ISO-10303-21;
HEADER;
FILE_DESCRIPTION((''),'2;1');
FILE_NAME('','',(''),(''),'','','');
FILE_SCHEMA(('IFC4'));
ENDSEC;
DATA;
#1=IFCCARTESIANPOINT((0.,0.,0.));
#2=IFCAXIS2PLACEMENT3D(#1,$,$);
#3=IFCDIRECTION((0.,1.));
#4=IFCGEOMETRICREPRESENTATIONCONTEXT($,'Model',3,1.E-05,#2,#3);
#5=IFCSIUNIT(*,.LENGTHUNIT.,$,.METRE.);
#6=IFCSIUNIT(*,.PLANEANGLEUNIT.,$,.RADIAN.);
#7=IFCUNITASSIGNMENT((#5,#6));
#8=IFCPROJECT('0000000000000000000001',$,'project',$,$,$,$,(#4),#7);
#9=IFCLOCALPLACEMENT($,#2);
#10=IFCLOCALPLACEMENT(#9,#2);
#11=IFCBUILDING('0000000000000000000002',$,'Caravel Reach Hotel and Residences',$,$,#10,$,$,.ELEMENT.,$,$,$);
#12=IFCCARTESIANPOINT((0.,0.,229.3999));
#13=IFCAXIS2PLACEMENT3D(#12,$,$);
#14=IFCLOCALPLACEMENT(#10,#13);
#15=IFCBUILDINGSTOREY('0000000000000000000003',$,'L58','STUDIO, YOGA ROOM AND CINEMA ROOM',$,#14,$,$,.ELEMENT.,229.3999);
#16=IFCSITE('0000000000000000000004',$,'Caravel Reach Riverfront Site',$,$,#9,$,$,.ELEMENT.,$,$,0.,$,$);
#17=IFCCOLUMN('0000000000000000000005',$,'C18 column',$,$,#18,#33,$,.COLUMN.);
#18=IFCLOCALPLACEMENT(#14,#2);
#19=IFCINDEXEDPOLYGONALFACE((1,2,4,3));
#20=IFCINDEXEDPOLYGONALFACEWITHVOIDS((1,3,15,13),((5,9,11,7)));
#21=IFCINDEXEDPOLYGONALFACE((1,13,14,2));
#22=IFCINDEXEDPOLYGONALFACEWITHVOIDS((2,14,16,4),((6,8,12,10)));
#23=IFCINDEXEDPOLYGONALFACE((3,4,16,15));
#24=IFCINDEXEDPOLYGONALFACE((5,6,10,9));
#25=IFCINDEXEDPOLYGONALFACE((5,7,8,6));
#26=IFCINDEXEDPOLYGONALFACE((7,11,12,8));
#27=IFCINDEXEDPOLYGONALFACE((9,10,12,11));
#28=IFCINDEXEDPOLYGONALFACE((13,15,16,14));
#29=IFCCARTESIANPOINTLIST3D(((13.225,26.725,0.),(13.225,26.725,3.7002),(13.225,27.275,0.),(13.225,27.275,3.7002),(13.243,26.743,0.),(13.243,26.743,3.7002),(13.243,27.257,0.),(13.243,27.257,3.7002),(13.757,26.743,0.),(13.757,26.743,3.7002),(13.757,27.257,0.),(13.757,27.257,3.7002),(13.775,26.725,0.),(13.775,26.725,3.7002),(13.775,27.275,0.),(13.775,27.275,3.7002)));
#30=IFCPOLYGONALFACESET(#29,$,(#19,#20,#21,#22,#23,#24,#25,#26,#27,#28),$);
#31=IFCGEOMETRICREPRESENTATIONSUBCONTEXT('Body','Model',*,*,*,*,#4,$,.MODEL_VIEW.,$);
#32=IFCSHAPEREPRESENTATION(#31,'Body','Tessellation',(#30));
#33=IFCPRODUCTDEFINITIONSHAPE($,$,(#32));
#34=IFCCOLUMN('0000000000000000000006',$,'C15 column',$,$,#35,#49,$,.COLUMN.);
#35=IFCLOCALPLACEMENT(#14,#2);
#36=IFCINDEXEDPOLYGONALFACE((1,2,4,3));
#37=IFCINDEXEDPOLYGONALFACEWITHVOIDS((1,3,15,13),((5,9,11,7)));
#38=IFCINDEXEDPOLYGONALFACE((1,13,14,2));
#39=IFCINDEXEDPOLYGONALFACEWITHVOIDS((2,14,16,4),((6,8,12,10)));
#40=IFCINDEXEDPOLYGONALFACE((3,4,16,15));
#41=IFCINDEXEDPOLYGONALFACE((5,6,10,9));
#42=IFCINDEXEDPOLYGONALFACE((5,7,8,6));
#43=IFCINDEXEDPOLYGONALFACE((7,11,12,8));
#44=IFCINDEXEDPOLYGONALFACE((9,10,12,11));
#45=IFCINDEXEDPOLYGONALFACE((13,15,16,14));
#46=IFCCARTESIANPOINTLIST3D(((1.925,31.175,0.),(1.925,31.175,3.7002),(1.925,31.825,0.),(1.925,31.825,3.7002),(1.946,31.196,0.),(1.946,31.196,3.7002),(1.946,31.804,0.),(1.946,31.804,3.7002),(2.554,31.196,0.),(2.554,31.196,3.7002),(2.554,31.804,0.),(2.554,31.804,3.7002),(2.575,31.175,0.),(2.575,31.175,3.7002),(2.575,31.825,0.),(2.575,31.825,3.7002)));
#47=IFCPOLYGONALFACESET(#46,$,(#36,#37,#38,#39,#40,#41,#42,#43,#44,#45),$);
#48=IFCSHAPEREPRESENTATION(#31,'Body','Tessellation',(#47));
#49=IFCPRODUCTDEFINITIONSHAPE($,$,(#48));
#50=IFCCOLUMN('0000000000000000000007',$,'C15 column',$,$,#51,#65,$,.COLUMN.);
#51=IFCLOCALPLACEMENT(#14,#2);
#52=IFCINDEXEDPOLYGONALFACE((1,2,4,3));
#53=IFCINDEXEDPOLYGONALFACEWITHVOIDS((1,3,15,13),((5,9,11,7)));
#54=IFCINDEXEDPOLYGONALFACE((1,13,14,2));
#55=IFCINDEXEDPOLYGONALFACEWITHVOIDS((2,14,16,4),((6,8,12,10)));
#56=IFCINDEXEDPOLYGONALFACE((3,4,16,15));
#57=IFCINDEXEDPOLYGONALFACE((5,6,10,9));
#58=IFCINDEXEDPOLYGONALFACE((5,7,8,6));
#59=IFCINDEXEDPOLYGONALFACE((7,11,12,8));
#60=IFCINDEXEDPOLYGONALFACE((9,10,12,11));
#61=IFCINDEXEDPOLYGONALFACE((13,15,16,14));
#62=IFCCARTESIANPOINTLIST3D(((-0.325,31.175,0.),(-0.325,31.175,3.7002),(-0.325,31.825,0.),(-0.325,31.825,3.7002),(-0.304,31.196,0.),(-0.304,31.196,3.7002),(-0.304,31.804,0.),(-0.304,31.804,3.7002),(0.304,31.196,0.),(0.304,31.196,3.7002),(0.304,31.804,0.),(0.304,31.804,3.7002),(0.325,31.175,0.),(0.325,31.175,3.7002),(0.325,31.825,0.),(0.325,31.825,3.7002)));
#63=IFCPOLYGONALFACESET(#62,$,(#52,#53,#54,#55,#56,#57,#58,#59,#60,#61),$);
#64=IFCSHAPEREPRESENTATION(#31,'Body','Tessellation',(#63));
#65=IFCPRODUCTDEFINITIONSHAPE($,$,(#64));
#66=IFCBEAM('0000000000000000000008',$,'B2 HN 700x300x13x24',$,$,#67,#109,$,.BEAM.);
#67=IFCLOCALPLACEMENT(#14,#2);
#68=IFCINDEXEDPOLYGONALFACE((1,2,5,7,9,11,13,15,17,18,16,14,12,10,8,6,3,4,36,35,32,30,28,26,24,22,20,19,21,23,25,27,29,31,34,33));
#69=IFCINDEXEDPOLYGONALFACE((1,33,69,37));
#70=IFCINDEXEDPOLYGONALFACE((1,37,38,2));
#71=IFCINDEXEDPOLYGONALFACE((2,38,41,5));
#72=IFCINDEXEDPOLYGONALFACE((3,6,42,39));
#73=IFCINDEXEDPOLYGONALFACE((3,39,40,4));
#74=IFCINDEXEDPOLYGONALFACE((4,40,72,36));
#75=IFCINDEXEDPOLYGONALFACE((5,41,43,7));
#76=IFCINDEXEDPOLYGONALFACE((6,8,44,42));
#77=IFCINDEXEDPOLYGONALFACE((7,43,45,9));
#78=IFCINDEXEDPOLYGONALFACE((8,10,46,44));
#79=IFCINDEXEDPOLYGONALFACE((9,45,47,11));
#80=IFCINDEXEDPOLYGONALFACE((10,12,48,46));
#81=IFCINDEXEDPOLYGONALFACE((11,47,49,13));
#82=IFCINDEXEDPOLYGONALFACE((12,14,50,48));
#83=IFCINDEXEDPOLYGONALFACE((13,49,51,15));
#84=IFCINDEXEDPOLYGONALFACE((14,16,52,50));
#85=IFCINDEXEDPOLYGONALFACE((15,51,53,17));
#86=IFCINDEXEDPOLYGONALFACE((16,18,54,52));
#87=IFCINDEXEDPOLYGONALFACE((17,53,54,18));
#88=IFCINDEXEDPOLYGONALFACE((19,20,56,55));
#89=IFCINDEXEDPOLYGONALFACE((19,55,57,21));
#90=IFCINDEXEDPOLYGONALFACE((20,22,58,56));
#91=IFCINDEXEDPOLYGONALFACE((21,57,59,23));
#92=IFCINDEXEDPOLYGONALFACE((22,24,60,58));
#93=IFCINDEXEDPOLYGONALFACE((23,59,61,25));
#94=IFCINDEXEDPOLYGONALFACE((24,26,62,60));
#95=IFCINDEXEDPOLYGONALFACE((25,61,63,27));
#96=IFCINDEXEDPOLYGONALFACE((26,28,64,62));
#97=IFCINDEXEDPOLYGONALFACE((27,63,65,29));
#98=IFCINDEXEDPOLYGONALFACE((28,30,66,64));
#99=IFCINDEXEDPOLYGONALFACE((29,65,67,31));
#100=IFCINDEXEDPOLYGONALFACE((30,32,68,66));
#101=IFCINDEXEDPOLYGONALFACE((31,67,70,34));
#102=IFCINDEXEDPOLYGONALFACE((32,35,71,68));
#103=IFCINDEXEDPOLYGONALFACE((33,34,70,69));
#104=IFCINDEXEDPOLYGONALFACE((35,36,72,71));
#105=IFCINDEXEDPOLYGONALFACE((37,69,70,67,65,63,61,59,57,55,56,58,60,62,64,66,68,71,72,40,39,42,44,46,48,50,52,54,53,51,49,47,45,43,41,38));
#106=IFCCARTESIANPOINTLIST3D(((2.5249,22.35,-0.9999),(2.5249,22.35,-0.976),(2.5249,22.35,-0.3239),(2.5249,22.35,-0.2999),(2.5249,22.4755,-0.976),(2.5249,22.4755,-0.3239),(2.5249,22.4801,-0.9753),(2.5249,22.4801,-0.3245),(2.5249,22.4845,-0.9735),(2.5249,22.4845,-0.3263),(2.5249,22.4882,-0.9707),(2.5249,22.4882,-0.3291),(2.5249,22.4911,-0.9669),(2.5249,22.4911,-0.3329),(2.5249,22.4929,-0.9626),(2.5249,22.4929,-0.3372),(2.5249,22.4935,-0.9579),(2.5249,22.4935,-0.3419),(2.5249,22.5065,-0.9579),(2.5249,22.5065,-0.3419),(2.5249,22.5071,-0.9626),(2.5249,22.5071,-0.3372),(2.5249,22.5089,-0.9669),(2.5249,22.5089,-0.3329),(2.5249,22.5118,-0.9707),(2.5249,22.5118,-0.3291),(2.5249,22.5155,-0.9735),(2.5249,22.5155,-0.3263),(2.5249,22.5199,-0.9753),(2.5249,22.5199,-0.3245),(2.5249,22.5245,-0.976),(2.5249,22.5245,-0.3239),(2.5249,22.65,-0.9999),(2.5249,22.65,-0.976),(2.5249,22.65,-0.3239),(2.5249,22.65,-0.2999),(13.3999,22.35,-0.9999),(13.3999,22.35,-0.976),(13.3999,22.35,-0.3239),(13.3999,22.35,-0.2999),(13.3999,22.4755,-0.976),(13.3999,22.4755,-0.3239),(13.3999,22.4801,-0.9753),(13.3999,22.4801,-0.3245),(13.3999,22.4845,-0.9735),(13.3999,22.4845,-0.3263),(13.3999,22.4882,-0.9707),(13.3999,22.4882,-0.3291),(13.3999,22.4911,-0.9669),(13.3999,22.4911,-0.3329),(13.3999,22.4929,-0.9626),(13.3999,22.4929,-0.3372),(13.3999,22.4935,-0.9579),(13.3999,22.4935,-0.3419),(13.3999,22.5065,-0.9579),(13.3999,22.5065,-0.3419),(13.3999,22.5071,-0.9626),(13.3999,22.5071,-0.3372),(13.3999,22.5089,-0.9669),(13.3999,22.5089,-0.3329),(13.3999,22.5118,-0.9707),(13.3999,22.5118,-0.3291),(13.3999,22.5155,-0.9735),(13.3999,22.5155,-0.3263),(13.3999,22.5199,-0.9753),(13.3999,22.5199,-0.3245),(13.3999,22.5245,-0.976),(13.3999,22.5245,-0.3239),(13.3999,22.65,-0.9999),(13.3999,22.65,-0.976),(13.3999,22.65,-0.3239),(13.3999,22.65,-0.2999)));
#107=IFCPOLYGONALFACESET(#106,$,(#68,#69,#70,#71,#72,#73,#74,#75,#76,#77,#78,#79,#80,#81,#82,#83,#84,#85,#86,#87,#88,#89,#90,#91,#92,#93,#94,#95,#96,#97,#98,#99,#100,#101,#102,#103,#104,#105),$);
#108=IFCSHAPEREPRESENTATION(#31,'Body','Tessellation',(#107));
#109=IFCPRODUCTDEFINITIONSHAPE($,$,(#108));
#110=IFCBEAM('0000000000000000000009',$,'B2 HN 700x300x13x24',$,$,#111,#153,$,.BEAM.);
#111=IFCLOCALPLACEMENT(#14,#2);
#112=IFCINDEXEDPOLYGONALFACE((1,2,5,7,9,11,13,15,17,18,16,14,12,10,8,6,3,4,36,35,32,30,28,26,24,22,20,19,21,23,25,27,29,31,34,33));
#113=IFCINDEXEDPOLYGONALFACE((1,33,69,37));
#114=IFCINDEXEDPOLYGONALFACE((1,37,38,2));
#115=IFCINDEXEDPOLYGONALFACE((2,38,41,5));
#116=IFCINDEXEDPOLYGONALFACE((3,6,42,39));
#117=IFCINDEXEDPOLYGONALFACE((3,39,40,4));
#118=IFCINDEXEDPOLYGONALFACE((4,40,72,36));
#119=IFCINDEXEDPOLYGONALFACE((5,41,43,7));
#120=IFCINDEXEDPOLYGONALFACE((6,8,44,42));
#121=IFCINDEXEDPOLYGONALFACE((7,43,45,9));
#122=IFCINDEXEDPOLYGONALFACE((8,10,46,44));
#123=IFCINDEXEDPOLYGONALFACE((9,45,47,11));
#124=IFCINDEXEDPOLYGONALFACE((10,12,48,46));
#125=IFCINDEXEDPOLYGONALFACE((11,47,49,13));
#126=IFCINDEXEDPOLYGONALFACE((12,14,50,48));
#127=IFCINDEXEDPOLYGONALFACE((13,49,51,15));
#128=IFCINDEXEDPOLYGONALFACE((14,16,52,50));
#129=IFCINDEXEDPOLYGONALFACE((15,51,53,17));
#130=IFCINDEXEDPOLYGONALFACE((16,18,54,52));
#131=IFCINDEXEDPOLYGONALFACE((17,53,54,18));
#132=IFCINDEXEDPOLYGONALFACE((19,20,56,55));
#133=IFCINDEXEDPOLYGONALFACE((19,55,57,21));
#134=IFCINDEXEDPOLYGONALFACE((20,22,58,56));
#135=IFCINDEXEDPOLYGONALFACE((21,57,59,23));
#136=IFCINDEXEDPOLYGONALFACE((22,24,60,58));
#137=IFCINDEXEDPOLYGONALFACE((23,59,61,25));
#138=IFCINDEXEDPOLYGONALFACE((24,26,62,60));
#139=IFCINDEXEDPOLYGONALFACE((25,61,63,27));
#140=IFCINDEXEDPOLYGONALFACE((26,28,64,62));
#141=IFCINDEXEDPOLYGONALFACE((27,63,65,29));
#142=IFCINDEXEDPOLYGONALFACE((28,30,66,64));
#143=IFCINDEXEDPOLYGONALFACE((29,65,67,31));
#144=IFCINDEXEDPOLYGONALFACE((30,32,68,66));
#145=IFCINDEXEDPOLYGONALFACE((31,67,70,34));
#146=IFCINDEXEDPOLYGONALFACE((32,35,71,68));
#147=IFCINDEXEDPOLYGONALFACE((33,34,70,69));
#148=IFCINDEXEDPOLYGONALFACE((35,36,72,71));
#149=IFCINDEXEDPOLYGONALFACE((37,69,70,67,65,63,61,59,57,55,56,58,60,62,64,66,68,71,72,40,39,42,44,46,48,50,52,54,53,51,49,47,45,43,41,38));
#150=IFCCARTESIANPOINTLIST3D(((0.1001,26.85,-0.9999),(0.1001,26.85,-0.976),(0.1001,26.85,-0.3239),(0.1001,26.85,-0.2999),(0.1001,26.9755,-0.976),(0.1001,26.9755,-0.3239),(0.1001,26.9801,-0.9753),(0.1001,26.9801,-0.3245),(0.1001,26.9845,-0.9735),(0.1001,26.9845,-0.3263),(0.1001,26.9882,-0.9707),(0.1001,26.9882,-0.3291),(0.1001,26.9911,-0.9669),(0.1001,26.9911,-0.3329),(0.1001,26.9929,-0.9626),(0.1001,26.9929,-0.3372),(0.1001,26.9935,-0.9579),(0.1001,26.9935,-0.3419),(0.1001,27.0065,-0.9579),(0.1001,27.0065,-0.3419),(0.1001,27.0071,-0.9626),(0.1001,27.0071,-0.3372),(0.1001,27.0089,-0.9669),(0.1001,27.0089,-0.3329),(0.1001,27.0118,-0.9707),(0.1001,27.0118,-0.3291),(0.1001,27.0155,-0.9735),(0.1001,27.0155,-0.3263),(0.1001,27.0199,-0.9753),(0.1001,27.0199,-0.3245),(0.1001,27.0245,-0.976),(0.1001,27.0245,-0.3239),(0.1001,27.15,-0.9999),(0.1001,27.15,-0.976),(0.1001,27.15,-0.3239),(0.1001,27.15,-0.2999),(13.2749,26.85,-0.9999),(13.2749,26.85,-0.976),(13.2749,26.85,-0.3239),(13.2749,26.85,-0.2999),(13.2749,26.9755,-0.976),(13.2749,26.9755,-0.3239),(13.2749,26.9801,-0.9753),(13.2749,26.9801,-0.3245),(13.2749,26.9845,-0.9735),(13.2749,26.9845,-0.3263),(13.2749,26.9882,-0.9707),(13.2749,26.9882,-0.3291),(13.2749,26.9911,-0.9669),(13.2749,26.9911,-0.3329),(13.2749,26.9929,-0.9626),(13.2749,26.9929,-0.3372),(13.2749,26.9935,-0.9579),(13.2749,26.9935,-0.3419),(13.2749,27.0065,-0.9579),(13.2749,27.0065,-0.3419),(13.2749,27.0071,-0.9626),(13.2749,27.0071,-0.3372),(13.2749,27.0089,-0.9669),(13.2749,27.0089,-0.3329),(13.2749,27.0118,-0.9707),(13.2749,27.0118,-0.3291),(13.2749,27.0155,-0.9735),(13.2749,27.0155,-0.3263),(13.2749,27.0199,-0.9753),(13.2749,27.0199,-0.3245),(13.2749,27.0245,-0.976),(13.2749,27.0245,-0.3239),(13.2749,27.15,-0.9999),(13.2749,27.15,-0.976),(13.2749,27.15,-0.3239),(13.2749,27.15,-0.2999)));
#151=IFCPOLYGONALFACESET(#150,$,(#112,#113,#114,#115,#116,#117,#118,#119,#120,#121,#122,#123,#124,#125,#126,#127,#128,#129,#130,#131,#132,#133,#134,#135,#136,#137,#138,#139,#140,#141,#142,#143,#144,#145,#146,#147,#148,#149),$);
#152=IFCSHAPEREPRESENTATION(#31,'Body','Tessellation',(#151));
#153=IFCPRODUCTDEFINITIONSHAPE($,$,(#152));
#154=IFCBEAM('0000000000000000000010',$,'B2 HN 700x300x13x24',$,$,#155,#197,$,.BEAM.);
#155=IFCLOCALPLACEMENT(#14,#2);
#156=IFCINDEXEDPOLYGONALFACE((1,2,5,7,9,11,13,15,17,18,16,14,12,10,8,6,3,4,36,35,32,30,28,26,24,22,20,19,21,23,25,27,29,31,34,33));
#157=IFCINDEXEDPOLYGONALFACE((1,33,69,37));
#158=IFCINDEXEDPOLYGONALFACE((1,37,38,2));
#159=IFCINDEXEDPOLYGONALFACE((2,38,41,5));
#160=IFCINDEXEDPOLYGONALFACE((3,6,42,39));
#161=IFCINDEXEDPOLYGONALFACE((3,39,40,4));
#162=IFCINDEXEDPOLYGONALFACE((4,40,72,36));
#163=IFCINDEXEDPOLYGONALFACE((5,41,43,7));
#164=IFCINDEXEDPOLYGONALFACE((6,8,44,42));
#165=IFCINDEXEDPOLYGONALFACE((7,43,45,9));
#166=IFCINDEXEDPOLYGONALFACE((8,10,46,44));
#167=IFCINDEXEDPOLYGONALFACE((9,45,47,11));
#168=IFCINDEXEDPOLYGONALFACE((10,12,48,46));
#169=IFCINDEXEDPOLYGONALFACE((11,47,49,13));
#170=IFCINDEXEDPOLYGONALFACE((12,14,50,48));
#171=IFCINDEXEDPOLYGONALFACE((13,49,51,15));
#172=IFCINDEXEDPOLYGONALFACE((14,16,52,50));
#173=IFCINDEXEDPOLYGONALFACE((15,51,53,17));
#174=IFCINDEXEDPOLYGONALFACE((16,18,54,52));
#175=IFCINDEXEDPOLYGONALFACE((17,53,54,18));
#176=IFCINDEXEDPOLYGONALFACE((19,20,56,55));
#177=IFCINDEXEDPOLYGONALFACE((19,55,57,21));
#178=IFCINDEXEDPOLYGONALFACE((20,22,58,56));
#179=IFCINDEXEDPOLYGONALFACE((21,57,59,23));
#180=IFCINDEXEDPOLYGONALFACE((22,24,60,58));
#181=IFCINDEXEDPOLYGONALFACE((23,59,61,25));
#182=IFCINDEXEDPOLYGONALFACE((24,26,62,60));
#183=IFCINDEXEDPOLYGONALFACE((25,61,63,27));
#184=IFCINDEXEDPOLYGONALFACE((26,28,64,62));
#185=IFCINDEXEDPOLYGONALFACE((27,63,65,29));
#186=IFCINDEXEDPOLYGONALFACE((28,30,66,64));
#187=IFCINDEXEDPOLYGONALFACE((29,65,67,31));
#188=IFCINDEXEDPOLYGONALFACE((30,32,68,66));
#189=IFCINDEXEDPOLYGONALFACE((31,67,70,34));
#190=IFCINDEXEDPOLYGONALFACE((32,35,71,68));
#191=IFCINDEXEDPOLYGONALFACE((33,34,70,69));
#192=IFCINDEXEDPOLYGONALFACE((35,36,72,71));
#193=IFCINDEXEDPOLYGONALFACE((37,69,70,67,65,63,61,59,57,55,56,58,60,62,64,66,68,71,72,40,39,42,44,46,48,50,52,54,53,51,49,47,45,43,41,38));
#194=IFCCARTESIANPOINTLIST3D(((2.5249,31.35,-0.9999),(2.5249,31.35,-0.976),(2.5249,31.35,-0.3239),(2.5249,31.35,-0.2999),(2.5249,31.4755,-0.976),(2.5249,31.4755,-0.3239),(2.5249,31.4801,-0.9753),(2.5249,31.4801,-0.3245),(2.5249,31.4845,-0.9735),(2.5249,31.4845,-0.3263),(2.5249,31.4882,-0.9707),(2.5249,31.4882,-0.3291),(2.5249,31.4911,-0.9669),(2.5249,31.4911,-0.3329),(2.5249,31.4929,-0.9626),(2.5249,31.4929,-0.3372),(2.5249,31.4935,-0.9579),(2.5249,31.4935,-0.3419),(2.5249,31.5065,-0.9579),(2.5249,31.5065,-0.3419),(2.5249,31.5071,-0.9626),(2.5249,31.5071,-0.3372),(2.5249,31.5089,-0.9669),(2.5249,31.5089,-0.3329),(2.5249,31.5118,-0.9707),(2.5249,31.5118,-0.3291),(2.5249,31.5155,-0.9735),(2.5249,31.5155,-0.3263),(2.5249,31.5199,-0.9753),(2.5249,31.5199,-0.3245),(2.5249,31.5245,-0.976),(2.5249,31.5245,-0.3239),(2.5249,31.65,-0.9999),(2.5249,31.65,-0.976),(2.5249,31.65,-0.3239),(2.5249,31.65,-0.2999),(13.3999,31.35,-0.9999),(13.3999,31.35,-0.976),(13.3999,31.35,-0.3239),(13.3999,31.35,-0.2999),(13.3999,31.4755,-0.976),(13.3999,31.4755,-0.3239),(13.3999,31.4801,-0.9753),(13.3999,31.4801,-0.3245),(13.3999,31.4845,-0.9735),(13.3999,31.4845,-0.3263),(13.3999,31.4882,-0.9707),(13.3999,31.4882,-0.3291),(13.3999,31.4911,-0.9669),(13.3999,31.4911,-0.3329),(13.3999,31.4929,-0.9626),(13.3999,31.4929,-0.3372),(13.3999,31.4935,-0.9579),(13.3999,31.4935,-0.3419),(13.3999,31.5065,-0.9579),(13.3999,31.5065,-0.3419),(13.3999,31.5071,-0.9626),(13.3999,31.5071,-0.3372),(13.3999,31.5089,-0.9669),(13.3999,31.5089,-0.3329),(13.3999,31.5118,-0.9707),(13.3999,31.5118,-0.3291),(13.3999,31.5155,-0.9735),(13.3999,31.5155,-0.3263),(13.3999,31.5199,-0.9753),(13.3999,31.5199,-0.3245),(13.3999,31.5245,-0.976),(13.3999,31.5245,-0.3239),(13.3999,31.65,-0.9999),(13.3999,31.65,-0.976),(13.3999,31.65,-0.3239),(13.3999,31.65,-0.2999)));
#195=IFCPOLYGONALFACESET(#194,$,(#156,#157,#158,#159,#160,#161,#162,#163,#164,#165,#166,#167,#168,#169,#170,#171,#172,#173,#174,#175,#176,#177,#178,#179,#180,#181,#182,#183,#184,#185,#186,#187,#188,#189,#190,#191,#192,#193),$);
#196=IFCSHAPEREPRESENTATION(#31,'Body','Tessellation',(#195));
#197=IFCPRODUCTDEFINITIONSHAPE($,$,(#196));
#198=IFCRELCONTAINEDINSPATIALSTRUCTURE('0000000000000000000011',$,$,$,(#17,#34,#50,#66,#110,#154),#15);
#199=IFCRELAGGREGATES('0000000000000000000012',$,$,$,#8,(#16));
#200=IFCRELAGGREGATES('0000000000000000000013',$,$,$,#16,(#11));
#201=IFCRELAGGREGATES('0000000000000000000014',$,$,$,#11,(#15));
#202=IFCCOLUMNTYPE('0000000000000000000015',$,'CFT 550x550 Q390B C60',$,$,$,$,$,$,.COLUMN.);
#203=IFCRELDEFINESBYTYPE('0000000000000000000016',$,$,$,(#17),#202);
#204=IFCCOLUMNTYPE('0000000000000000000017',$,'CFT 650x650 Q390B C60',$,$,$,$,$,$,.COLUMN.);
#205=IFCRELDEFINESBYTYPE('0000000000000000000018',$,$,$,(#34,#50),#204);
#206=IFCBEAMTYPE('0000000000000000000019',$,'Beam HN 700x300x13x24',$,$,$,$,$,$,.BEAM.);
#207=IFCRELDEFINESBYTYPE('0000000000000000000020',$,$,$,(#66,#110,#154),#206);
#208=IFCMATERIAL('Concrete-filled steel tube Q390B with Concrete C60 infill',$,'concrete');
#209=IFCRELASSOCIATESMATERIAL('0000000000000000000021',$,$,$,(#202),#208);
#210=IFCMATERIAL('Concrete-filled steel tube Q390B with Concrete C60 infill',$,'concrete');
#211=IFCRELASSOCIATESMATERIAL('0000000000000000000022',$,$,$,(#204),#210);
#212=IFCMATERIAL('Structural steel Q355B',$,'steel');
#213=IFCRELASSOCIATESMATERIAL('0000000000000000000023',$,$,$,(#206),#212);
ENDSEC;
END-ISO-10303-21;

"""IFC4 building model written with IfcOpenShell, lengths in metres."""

from ifc_helpers import new_model, si_unit, direction, frame, origin, origin_2d, place, context, subcontext, project, spatial, hollow_rectangle, i_section, extrude, material, material_profile, profile_set, type_object, element, save


model = new_model("IFC4")

# Units and contexts
model_context = context("Model", 3, precision=1e-05, world=origin(), true_north=direction((0.0, 1.0)))
body_context = subcontext(model_context, "Body", "Model", "MODEL_VIEW")
ifc_project = project(units=[si_unit("LENGTHUNIT", "METRE"), si_unit("PLANEANGLEUNIT", "RADIAN")], contexts=[model_context])

# Site, building, storey
site_placement = place(None, origin())
site = spatial("IfcSite", under=ifc_project, at=site_placement, Name="Caravel Reach Riverfront Site", CompositionType="ELEMENT", RefElevation=0.0)
building_placement = place(site_placement, origin())
building = spatial("IfcBuilding", under=site, at=building_placement, Name="Caravel Reach Hotel and Residences", CompositionType="ELEMENT")
storey_placement = place(building_placement, frame((0.0, 0.0, 229.3999)))
storey = spatial("IfcBuildingStorey", under=building, at=storey_placement, Name="L58", Description="STUDIO, YOGA ROOM AND CINEMA ROOM", CompositionType="ELEMENT", Elevation=229.3999)

# Columns
ifc_material_1 = material(Name="Concrete-filled steel tube Q390B with Concrete C60 infill", Category="concrete")
ifc_material_profile_1 = material_profile(ifc_material_1, hollow_rectangle(XDim=0.55, YDim=0.55, WallThickness=0.0181, at=origin_2d()), Name="RHS 550x550x18")
ifc_profile_set_1 = profile_set([ifc_material_profile_1], Name="Concrete-filled steel tube Q390B with Concrete C60 infill")
column_type_1 = type_object("IfcColumnType", Name="CFT 550x550 Q390B C60", PredefinedType="COLUMN", material=ifc_profile_set_1)
column_placement = place(storey_placement, frame((13.5, 27.0, 0.0), z_axis=(0.0, 0.0, 1.0), x_axis=(1.0, 0.0, 0.0)))
element("IfcColumn", 1, at=column_placement, inside=storey, type_object=column_type_1, Name="C18 column", PredefinedType="COLUMN", context=body_context, shape_type="SweptSolid", body=[
    extrude(hollow_rectangle(XDim=0.55, YDim=0.55, WallThickness=0.0181, at=origin_2d()), origin(), (0.0, 0.0, 1.0), 3.7002),
])
ifc_material_2 = material(Name="Concrete-filled steel tube Q390B with Concrete C60 infill", Category="concrete")
ifc_material_profile_2 = material_profile(ifc_material_2, hollow_rectangle(XDim=0.6499, YDim=0.6499, WallThickness=0.021, at=origin_2d()), Name="RHS 650x650x21")
ifc_profile_set_2 = profile_set([ifc_material_profile_2], Name="Concrete-filled steel tube Q390B with Concrete C60 infill")
column_type_2 = type_object("IfcColumnType", Name="CFT 650x650 Q390B C60", PredefinedType="COLUMN", material=ifc_profile_set_2)
for number, where, z_axis, x_axis, name in (
    (2, (2.25, 31.5, 0.0), (0.0, 0.0, 1.0), (1.0, 0.0, 0.0), "C15 column"),
    (3, (0.0, 31.5, 0.0), (0.0, 0.0, 1.0), (1.0, 0.0, 0.0), "C15 column"),
):
    element("IfcColumn", number, at=place(storey_placement, frame(where, z_axis=z_axis, x_axis=x_axis)), inside=storey, type_object=column_type_2, Name=name, PredefinedType="COLUMN", context=body_context, shape_type="SweptSolid", body=[
        extrude(hollow_rectangle(XDim=0.6499, YDim=0.6499, WallThickness=0.021, at=origin_2d()), origin(), (0.0, 0.0, 1.0), 3.7002),
    ])

# Beams
ifc_material_3 = material(Name="Structural steel Q355B", Category="steel")
ifc_material_profile_3 = material_profile(ifc_material_3, i_section(OverallWidth=0.3, OverallDepth=0.7, WebThickness=0.0129, FlangeThickness=0.0239, FilletRadius=0.0181, at=origin_2d()), Name="HN 700x300x13x24")
ifc_profile_set_3 = profile_set([ifc_material_profile_3], Name="Structural steel Q355B")
beam_type_1 = type_object("IfcBeamType", Name="Beam HN 700x300x13x24", PredefinedType="BEAM", material=ifc_profile_set_3)
beam_1_placement = place(storey_placement, frame((13.3999, 22.5, -0.6499), z_axis=(-1.0, 0.0, 0.0), x_axis=(0.0, -1.0, 0.0)))
element("IfcBeam", 4, at=beam_1_placement, inside=storey, type_object=beam_type_1, Name="B2 HN 700x300x13x24", PredefinedType="BEAM", context=body_context, shape_type="SweptSolid", body=[
    extrude(i_section(OverallWidth=0.3, OverallDepth=0.7, WebThickness=0.0129, FlangeThickness=0.0239, FilletRadius=0.0181, at=origin_2d()), origin(), (0.0, 0.0, 1.0), 10.875),
])
beam_2_placement = place(storey_placement, frame((13.2749, 27.0, -0.6499), z_axis=(-1.0, 0.0, 0.0), x_axis=(0.0, -1.0, 0.0)))
element("IfcBeam", 5, at=beam_2_placement, inside=storey, type_object=beam_type_1, Name="B2 HN 700x300x13x24", PredefinedType="BEAM", context=body_context, shape_type="SweptSolid", body=[
    extrude(i_section(OverallWidth=0.3, OverallDepth=0.7, WebThickness=0.0129, FlangeThickness=0.0239, FilletRadius=0.0181, at=origin_2d()), origin(), (0.0, 0.0, 1.0), 13.1748),
])
beam_3_placement = place(storey_placement, frame((13.3999, 31.5, -0.6499), z_axis=(-1.0, 0.0, 0.0), x_axis=(0.0, -1.0, 0.0)))
element("IfcBeam", 6, at=beam_3_placement, inside=storey, type_object=beam_type_1, Name="B2 HN 700x300x13x24", PredefinedType="BEAM", context=body_context, shape_type="SweptSolid", body=[
    extrude(i_section(OverallWidth=0.3, OverallDepth=0.7, WebThickness=0.0129, FlangeThickness=0.0239, FilletRadius=0.0181, at=origin_2d()), origin(), (0.0, 0.0, 1.0), 10.875),
])

save(model, "model.ifc")
